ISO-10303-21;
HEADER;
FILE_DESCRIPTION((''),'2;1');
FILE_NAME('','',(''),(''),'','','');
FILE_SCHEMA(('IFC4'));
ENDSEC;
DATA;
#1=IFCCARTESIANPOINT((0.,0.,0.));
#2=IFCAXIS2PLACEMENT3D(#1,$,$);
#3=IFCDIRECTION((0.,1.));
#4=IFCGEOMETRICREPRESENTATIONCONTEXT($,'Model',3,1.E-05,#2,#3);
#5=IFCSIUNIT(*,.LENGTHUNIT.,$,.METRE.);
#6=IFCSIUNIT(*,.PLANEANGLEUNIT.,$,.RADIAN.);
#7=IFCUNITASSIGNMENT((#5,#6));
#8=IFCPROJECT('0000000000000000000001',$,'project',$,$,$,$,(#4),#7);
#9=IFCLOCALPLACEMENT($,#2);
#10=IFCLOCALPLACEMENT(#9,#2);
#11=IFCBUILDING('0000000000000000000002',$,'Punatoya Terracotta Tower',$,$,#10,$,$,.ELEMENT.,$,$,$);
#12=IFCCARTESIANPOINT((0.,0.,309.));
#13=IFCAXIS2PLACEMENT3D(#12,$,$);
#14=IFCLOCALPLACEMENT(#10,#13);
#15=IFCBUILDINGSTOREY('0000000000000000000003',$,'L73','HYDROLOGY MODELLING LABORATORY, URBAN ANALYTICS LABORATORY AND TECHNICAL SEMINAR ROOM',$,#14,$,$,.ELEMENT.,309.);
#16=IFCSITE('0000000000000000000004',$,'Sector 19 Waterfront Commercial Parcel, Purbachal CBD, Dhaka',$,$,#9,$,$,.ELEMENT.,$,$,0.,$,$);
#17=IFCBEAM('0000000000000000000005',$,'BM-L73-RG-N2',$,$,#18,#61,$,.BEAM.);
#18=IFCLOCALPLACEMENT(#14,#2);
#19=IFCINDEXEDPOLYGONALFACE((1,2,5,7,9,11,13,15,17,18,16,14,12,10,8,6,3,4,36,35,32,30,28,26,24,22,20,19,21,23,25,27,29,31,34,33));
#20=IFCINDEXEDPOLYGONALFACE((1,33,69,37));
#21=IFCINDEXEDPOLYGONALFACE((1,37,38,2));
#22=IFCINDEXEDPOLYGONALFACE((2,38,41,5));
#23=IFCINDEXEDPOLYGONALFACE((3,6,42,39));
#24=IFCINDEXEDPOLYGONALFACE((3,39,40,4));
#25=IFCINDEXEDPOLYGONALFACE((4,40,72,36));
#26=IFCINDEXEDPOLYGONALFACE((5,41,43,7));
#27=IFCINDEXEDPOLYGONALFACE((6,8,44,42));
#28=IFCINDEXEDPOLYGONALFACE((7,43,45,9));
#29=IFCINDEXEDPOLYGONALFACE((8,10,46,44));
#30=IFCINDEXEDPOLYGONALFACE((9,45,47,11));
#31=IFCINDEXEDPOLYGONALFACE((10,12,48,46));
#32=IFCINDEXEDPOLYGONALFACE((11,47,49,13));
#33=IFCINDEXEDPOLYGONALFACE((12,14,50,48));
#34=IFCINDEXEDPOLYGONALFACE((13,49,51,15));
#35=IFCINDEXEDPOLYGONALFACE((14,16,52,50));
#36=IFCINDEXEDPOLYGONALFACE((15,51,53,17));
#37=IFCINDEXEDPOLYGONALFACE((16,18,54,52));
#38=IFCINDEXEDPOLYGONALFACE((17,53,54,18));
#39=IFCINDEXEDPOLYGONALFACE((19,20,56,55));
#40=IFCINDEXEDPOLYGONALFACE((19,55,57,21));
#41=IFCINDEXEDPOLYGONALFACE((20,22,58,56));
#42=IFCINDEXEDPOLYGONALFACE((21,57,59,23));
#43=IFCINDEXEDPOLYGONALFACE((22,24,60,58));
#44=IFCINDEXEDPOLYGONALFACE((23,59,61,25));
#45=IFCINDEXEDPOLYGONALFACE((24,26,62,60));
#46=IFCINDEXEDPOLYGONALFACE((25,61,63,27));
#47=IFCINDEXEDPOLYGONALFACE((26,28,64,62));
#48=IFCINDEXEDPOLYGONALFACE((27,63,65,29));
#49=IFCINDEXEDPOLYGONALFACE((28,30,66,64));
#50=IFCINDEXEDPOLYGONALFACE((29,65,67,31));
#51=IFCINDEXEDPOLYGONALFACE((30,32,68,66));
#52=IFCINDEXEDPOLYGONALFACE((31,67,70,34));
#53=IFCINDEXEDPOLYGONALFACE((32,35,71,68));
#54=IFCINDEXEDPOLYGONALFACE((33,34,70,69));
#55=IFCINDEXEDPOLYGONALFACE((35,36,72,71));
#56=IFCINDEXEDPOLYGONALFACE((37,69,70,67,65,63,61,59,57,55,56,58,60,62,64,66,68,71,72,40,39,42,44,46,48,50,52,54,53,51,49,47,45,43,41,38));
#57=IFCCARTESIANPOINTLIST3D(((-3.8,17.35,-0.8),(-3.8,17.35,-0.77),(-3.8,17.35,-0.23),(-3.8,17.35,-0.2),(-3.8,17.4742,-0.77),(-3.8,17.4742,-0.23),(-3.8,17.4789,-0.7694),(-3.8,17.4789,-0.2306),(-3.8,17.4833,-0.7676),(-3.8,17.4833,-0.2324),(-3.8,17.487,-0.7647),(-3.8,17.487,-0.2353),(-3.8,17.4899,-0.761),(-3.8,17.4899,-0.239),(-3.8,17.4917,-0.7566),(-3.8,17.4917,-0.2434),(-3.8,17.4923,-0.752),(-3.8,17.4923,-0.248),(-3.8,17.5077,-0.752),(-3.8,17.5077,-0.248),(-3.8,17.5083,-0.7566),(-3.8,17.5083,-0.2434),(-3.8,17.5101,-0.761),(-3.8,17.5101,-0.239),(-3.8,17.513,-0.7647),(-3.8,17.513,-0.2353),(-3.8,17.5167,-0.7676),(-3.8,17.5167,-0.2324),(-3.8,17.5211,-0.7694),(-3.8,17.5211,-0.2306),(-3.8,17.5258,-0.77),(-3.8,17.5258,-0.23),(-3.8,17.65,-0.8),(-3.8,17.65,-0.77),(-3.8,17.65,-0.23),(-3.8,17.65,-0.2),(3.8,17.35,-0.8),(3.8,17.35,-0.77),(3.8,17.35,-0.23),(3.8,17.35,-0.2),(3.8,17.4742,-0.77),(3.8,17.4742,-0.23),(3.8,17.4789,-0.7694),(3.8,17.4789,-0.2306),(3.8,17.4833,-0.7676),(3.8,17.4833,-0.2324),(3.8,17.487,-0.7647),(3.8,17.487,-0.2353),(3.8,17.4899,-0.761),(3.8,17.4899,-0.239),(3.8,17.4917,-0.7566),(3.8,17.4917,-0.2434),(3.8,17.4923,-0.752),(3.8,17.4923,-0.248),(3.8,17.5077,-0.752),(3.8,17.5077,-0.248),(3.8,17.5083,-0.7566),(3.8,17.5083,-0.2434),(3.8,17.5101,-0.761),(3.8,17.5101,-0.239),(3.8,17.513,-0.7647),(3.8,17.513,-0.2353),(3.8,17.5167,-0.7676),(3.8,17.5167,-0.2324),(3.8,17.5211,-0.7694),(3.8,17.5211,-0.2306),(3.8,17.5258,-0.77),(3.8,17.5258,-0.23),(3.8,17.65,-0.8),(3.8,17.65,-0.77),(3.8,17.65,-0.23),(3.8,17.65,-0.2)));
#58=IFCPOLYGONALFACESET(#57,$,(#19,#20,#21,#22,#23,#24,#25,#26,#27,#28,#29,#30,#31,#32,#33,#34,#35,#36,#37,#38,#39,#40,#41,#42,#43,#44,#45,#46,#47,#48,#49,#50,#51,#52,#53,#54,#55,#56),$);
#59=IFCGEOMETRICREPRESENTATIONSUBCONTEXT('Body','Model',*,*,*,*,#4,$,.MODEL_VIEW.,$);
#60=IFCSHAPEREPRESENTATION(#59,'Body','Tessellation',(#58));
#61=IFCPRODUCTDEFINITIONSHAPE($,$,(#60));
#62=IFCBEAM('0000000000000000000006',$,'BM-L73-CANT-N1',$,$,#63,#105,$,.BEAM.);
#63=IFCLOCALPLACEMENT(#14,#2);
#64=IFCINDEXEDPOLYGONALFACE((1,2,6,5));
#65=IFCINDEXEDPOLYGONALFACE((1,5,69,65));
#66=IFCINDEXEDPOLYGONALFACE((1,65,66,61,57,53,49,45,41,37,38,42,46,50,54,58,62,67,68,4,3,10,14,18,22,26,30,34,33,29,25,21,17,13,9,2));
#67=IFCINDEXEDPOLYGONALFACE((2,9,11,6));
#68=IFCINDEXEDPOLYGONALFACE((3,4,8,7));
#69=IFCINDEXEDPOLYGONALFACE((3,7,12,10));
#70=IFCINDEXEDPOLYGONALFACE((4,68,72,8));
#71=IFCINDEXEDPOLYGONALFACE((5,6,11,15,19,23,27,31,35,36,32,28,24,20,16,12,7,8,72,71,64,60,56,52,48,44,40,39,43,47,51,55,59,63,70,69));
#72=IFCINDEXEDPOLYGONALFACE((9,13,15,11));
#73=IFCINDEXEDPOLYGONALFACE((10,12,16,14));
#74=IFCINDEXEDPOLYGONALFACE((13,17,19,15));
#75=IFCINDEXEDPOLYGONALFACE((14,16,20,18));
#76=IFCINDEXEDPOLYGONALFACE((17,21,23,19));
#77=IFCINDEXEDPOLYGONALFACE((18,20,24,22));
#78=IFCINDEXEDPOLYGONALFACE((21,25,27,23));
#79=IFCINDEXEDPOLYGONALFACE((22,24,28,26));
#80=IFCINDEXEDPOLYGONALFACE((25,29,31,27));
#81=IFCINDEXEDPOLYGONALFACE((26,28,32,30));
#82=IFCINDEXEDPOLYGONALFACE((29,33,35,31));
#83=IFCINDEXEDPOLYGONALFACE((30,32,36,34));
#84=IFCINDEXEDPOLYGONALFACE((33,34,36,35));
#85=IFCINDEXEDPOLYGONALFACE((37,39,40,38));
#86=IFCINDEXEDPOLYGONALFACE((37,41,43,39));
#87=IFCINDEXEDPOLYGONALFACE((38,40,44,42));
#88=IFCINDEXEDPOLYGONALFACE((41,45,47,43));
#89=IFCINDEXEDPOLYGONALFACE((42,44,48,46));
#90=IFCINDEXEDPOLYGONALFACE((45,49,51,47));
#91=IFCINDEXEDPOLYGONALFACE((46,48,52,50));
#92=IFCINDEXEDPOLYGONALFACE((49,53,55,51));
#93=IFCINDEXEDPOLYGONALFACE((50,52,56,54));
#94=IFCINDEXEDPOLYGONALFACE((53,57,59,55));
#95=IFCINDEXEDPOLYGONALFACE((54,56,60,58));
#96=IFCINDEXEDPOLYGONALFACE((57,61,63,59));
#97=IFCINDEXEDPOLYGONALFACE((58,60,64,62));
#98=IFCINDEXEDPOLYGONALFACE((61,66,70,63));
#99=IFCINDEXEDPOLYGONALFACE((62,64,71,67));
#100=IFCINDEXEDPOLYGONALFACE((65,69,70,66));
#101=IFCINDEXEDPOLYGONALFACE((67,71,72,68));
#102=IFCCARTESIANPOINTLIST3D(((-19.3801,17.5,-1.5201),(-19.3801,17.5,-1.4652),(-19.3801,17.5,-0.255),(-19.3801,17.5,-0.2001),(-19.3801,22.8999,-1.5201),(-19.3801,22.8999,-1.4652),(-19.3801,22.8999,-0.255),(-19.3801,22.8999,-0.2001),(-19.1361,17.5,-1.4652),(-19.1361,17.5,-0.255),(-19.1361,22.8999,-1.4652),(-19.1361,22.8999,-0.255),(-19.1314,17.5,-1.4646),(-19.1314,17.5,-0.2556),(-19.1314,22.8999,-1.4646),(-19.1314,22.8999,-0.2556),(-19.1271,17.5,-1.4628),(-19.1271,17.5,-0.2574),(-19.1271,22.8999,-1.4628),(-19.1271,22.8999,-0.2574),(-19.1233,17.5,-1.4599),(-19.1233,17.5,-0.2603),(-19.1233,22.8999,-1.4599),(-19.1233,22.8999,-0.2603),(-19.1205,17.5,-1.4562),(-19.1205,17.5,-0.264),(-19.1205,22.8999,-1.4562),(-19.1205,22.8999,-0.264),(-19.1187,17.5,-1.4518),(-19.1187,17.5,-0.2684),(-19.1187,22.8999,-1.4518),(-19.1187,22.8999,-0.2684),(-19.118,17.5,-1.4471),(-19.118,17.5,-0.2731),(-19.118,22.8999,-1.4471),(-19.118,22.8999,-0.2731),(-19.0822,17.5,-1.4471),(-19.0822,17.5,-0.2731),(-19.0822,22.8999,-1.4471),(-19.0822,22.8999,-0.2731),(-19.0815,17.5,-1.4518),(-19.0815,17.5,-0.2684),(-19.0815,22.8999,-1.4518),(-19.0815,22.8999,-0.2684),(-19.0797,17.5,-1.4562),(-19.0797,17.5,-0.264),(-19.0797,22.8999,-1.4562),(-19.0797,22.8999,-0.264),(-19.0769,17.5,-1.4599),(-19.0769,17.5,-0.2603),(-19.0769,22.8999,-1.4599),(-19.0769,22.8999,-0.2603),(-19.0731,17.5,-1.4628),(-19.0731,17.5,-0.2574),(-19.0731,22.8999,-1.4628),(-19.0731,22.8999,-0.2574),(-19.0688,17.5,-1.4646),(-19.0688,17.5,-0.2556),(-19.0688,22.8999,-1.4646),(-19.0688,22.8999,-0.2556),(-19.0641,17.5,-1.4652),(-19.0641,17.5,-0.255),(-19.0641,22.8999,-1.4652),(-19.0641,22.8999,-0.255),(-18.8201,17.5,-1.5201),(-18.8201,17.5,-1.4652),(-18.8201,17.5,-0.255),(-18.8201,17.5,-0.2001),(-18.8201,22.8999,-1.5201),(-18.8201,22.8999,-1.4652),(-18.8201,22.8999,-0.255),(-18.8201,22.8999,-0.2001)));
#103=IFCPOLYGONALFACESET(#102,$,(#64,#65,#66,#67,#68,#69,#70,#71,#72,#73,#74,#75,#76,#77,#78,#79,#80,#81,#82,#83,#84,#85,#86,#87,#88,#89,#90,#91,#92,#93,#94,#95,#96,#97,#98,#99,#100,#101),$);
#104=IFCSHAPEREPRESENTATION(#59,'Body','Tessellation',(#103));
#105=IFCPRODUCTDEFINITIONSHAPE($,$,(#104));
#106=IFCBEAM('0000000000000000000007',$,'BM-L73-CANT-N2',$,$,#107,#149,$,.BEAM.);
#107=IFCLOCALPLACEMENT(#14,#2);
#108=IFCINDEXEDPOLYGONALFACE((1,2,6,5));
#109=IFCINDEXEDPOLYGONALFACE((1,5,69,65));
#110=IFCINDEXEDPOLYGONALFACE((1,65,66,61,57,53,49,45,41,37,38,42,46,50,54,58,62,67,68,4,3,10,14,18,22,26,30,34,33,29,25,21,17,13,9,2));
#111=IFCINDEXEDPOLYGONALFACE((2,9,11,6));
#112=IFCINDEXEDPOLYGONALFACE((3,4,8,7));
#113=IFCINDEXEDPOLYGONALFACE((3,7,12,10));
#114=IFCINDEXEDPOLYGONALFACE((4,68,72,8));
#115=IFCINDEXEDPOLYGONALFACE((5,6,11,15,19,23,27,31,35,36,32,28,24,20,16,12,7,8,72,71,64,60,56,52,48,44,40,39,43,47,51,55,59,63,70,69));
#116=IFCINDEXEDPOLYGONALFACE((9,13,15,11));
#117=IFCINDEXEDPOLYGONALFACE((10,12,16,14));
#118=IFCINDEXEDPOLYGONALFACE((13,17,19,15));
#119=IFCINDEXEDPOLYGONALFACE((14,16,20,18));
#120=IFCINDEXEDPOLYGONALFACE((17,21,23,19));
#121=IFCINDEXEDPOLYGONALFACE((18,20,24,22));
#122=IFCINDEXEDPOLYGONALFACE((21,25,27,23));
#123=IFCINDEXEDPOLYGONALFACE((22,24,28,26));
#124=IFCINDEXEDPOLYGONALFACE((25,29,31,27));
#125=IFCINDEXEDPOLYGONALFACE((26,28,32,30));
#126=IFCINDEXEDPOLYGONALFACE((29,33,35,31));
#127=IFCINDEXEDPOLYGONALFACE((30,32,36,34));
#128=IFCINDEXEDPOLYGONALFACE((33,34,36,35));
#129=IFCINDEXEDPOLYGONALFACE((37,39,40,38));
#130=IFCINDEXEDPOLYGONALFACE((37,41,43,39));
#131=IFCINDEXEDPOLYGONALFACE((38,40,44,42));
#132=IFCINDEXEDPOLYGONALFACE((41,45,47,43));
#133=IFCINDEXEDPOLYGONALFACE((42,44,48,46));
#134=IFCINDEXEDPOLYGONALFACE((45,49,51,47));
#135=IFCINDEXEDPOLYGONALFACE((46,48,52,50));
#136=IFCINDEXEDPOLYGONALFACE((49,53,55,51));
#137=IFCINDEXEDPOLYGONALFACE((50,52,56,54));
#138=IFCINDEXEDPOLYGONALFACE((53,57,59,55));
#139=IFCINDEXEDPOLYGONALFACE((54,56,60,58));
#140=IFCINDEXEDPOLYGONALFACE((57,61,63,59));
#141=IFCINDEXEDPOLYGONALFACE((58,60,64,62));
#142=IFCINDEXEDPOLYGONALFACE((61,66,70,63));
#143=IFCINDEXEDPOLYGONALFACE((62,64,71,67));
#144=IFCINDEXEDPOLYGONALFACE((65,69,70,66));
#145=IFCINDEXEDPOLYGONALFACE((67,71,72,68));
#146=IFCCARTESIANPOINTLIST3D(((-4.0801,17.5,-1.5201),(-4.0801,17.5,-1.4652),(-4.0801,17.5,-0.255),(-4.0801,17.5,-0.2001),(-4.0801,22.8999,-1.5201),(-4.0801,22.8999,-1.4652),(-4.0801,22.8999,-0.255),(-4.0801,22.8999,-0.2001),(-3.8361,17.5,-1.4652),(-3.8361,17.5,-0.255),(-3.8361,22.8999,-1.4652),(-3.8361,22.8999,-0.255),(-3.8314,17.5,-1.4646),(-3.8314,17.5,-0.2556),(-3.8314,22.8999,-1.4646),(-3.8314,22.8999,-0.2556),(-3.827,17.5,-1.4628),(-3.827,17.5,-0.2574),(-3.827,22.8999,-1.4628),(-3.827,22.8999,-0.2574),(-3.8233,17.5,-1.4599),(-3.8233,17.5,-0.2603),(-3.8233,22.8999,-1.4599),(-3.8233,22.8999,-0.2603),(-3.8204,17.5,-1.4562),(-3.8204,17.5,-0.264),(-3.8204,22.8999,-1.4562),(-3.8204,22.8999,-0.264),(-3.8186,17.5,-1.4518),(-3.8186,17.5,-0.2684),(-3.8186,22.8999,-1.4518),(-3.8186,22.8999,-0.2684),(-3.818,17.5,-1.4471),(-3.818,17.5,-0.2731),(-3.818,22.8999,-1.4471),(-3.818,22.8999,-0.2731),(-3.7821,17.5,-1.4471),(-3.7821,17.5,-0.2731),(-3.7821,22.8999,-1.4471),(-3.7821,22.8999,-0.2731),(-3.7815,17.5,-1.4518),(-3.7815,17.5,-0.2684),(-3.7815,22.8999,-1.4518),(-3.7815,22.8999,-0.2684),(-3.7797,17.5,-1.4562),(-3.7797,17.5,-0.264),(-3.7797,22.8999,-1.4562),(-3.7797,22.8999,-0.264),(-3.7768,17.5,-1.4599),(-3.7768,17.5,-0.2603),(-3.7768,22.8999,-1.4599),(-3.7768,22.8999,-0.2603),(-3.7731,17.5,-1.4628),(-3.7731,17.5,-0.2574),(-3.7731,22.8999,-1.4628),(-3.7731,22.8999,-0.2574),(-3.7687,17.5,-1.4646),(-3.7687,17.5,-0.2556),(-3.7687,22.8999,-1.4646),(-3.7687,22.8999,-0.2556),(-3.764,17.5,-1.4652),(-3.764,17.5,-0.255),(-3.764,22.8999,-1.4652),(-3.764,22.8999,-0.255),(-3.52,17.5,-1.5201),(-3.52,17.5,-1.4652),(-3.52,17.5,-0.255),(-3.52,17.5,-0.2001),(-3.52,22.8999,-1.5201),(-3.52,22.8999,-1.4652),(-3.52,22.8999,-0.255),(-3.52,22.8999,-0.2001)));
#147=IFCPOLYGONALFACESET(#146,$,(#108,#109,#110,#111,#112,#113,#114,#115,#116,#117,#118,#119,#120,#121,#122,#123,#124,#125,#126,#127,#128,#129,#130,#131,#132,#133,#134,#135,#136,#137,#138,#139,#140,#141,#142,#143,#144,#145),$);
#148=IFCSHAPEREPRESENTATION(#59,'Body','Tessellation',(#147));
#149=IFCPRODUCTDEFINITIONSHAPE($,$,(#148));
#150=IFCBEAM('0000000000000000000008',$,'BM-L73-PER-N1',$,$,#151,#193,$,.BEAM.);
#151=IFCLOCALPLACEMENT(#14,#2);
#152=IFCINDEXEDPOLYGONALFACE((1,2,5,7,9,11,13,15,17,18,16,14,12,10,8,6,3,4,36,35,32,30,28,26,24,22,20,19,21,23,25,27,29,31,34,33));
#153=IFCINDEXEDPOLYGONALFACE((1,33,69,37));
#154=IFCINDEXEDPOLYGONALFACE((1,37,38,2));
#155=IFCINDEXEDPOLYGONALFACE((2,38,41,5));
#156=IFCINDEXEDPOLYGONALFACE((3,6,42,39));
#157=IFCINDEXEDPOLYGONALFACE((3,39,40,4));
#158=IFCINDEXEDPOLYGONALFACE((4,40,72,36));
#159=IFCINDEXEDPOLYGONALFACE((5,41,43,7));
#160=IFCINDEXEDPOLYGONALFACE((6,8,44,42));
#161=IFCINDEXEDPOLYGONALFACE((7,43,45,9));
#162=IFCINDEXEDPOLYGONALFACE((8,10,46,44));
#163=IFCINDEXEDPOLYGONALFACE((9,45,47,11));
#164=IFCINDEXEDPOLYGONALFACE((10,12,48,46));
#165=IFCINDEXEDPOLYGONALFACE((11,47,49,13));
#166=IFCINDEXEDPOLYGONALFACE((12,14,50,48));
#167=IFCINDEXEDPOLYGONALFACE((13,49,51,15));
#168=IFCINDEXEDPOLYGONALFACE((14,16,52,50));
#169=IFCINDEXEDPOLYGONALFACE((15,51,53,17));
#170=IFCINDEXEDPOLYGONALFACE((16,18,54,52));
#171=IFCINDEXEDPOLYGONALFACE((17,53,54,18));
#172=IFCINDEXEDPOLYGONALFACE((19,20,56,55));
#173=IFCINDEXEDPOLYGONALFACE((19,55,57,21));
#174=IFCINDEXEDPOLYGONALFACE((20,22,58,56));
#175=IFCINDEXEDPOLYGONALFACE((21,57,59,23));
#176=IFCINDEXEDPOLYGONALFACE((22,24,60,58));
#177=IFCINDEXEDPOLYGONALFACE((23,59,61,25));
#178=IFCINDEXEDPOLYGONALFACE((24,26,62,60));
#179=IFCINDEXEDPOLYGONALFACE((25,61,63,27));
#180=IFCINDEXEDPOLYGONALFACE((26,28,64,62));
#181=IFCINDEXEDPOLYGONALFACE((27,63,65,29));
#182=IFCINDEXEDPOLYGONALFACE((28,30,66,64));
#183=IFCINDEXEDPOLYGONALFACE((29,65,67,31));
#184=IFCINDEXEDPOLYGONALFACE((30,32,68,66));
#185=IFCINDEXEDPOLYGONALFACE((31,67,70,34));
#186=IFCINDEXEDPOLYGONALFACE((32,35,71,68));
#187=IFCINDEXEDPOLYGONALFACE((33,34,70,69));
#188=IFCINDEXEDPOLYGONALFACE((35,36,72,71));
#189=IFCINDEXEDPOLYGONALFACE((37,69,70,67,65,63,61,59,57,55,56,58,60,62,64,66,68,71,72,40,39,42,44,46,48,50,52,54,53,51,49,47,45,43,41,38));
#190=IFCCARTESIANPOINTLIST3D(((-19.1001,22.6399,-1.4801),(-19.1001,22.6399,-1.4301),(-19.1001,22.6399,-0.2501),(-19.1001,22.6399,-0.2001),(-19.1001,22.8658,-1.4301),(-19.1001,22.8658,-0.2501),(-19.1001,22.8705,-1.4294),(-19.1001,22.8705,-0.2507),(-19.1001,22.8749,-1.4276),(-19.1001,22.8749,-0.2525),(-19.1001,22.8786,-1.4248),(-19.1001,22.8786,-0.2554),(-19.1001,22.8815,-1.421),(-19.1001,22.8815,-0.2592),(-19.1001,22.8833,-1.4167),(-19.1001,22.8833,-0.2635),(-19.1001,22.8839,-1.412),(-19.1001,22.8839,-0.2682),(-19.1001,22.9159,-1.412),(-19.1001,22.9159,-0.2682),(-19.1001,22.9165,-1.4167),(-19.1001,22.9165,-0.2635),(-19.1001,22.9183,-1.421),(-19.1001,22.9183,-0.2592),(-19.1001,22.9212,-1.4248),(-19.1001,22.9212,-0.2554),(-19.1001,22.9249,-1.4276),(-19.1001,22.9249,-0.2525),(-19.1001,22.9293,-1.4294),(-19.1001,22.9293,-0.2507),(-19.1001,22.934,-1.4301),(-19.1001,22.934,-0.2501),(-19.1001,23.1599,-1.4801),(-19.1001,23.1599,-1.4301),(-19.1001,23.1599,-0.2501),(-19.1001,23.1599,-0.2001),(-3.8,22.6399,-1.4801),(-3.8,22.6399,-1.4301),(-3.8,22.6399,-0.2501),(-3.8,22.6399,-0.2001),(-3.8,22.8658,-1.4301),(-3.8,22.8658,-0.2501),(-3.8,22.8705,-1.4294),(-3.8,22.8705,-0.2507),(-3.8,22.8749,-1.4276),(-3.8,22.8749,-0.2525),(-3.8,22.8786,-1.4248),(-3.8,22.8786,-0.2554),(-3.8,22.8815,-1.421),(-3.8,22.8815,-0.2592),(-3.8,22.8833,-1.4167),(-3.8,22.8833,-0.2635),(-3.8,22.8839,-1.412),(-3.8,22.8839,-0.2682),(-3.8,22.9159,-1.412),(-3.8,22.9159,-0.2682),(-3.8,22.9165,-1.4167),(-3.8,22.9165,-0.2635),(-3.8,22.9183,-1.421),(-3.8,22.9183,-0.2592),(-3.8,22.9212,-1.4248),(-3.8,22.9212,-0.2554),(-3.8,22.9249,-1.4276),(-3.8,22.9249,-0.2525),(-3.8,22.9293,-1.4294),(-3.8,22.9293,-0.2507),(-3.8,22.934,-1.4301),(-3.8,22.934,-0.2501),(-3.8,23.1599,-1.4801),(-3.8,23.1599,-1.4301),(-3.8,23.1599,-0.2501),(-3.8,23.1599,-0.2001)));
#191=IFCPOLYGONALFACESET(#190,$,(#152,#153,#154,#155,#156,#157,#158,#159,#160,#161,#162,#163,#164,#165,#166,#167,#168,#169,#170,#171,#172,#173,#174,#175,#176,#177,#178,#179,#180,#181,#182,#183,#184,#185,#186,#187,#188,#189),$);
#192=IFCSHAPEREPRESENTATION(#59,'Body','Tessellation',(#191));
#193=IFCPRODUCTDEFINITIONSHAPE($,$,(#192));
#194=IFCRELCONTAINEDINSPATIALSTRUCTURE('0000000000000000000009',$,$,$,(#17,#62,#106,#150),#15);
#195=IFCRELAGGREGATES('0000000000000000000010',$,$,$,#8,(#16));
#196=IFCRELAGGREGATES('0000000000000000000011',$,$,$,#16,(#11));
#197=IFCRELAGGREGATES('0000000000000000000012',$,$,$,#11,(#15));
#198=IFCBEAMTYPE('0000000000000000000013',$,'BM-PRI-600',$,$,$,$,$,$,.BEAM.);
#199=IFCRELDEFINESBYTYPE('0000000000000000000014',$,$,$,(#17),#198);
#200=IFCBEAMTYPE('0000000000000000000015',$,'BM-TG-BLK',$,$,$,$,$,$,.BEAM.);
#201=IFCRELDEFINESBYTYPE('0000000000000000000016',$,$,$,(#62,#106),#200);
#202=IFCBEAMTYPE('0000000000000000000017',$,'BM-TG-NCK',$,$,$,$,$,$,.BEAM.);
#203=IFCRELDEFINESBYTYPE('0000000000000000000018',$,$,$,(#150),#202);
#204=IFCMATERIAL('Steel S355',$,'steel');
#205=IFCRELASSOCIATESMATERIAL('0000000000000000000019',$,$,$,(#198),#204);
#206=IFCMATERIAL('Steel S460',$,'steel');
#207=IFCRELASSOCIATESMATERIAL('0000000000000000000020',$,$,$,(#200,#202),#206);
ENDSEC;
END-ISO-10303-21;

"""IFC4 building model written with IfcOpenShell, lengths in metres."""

from ifc_helpers import new_model, si_unit, direction, frame, origin, origin_2d, place, context, subcontext, project, spatial, i_section, extrude, material, material_profile, profile_set, type_object, element, save


model = new_model("IFC4")

# Units and contexts
model_context = context("Model", 3, precision=1e-05, world=origin(), true_north=direction((0.0, 1.0)))
body_context = subcontext(model_context, "Body", "Model", "MODEL_VIEW")
ifc_project = project(units=[si_unit("LENGTHUNIT", "METRE"), si_unit("PLANEANGLEUNIT", "RADIAN")], contexts=[model_context])

# Site, building, storey
site_placement = place(None, origin())
site = spatial("IfcSite", under=ifc_project, at=site_placement, Name="Sector 19 Waterfront Commercial Parcel, Purbachal CBD, Dhaka", CompositionType="ELEMENT", RefElevation=0.0)
building_placement = place(site_placement, origin())
building = spatial("IfcBuilding", under=site, at=building_placement, Name="Punatoya Terracotta Tower", CompositionType="ELEMENT")
storey_placement = place(building_placement, frame((0.0, 0.0, 309.0)))
storey = spatial("IfcBuildingStorey", under=building, at=storey_placement, Name="L73", Description="HYDROLOGY MODELLING LABORATORY, URBAN ANALYTICS LABORATORY AND TECHNICAL SEMINAR ROOM", CompositionType="ELEMENT", Elevation=309.0)

# Shared definitions
ifc_material_1 = material(Name="Steel S460", Category="steel")

# Beams
ifc_material_2 = material(Name="Steel S355", Category="steel")
ifc_material_profile_1 = material_profile(ifc_material_2, i_section(OverallWidth=0.3, OverallDepth=0.6001, WebThickness=0.0154, FlangeThickness=0.03, FilletRadius=0.0181, at=origin_2d()))
ifc_profile_set_1 = profile_set([ifc_material_profile_1], Name="Steel S355")
beam_type_1 = type_object("IfcBeamType", Name="BM-PRI-600", PredefinedType="BEAM", material=ifc_profile_set_1)
beam_1_placement = place(storey_placement, frame((-3.8, 17.5, -0.5), z_axis=(1.0, 0.0, 0.0), x_axis=(0.0, 1.0, 0.0)))
element("IfcBeam", 1, at=beam_1_placement, inside=storey, type_object=beam_type_1, Name="BM-L73-RG-N2", PredefinedType="BEAM", context=body_context, shape_type="SweptSolid", body=[
    extrude(i_section(OverallWidth=0.3, OverallDepth=0.6001, WebThickness=0.0154, FlangeThickness=0.03, FilletRadius=0.0181, at=origin_2d()), origin(), (0.0, 0.0, 1.0), 7.6001),
])
ifc_material_profile_2 = material_profile(ifc_material_1, i_section(OverallWidth=0.5601, OverallDepth=1.3201, WebThickness=0.0359, FlangeThickness=0.0549, FilletRadius=0.0181, at=origin_2d()))
ifc_profile_set_2 = profile_set([ifc_material_profile_2], Name="Steel S460")
beam_type_2 = type_object("IfcBeamType", Name="BM-TG-BLK", PredefinedType="BEAM", material=ifc_profile_set_2)
for number, where, z_axis, x_axis, name in (
    (2, (-19.1001, 17.5, -0.8601), (0.0, 1.0, 0.0), (-1.0, 0.0, 0.0), "BM-L73-CANT-N1"),
    (3, (-3.8, 17.5, -0.8601), (0.0, 1.0, 0.0), (-1.0, 0.0, 0.0), "BM-L73-CANT-N2"),
):
    element("IfcBeam", number, at=place(storey_placement, frame(where, z_axis=z_axis, x_axis=x_axis)), inside=storey, type_object=beam_type_2, Name=name, PredefinedType="BEAM", context=body_context, shape_type="SweptSolid", body=[
        extrude(i_section(OverallWidth=0.5601, OverallDepth=1.3201, WebThickness=0.0359, FlangeThickness=0.0549, FilletRadius=0.0181, at=origin_2d()), origin(), (0.0, 0.0, 1.0), 5.3999),
    ])
ifc_material_profile_3 = material_profile(ifc_material_1, i_section(OverallWidth=0.52, OverallDepth=1.28, WebThickness=0.032, FlangeThickness=0.05, FilletRadius=0.0181, at=origin_2d()))
ifc_profile_set_3 = profile_set([ifc_material_profile_3], Name="Steel S460")
beam_type_3 = type_object("IfcBeamType", Name="BM-TG-NCK", PredefinedType="BEAM", material=ifc_profile_set_3)
beam_2_placement = place(storey_placement, frame((-19.1001, 22.8999, -0.8401), z_axis=(1.0, 0.0, 0.0), x_axis=(0.0, 1.0, 0.0)))
element("IfcBeam", 4, at=beam_2_placement, inside=storey, type_object=beam_type_3, Name="BM-L73-PER-N1", PredefinedType="BEAM", context=body_context, shape_type="SweptSolid", body=[
    extrude(i_section(OverallWidth=0.52, OverallDepth=1.28, WebThickness=0.032, FlangeThickness=0.05, FilletRadius=0.0181, at=origin_2d()), origin(), (0.0, 0.0, 1.0), 15.3),
])

save(model, "model.ifc")
